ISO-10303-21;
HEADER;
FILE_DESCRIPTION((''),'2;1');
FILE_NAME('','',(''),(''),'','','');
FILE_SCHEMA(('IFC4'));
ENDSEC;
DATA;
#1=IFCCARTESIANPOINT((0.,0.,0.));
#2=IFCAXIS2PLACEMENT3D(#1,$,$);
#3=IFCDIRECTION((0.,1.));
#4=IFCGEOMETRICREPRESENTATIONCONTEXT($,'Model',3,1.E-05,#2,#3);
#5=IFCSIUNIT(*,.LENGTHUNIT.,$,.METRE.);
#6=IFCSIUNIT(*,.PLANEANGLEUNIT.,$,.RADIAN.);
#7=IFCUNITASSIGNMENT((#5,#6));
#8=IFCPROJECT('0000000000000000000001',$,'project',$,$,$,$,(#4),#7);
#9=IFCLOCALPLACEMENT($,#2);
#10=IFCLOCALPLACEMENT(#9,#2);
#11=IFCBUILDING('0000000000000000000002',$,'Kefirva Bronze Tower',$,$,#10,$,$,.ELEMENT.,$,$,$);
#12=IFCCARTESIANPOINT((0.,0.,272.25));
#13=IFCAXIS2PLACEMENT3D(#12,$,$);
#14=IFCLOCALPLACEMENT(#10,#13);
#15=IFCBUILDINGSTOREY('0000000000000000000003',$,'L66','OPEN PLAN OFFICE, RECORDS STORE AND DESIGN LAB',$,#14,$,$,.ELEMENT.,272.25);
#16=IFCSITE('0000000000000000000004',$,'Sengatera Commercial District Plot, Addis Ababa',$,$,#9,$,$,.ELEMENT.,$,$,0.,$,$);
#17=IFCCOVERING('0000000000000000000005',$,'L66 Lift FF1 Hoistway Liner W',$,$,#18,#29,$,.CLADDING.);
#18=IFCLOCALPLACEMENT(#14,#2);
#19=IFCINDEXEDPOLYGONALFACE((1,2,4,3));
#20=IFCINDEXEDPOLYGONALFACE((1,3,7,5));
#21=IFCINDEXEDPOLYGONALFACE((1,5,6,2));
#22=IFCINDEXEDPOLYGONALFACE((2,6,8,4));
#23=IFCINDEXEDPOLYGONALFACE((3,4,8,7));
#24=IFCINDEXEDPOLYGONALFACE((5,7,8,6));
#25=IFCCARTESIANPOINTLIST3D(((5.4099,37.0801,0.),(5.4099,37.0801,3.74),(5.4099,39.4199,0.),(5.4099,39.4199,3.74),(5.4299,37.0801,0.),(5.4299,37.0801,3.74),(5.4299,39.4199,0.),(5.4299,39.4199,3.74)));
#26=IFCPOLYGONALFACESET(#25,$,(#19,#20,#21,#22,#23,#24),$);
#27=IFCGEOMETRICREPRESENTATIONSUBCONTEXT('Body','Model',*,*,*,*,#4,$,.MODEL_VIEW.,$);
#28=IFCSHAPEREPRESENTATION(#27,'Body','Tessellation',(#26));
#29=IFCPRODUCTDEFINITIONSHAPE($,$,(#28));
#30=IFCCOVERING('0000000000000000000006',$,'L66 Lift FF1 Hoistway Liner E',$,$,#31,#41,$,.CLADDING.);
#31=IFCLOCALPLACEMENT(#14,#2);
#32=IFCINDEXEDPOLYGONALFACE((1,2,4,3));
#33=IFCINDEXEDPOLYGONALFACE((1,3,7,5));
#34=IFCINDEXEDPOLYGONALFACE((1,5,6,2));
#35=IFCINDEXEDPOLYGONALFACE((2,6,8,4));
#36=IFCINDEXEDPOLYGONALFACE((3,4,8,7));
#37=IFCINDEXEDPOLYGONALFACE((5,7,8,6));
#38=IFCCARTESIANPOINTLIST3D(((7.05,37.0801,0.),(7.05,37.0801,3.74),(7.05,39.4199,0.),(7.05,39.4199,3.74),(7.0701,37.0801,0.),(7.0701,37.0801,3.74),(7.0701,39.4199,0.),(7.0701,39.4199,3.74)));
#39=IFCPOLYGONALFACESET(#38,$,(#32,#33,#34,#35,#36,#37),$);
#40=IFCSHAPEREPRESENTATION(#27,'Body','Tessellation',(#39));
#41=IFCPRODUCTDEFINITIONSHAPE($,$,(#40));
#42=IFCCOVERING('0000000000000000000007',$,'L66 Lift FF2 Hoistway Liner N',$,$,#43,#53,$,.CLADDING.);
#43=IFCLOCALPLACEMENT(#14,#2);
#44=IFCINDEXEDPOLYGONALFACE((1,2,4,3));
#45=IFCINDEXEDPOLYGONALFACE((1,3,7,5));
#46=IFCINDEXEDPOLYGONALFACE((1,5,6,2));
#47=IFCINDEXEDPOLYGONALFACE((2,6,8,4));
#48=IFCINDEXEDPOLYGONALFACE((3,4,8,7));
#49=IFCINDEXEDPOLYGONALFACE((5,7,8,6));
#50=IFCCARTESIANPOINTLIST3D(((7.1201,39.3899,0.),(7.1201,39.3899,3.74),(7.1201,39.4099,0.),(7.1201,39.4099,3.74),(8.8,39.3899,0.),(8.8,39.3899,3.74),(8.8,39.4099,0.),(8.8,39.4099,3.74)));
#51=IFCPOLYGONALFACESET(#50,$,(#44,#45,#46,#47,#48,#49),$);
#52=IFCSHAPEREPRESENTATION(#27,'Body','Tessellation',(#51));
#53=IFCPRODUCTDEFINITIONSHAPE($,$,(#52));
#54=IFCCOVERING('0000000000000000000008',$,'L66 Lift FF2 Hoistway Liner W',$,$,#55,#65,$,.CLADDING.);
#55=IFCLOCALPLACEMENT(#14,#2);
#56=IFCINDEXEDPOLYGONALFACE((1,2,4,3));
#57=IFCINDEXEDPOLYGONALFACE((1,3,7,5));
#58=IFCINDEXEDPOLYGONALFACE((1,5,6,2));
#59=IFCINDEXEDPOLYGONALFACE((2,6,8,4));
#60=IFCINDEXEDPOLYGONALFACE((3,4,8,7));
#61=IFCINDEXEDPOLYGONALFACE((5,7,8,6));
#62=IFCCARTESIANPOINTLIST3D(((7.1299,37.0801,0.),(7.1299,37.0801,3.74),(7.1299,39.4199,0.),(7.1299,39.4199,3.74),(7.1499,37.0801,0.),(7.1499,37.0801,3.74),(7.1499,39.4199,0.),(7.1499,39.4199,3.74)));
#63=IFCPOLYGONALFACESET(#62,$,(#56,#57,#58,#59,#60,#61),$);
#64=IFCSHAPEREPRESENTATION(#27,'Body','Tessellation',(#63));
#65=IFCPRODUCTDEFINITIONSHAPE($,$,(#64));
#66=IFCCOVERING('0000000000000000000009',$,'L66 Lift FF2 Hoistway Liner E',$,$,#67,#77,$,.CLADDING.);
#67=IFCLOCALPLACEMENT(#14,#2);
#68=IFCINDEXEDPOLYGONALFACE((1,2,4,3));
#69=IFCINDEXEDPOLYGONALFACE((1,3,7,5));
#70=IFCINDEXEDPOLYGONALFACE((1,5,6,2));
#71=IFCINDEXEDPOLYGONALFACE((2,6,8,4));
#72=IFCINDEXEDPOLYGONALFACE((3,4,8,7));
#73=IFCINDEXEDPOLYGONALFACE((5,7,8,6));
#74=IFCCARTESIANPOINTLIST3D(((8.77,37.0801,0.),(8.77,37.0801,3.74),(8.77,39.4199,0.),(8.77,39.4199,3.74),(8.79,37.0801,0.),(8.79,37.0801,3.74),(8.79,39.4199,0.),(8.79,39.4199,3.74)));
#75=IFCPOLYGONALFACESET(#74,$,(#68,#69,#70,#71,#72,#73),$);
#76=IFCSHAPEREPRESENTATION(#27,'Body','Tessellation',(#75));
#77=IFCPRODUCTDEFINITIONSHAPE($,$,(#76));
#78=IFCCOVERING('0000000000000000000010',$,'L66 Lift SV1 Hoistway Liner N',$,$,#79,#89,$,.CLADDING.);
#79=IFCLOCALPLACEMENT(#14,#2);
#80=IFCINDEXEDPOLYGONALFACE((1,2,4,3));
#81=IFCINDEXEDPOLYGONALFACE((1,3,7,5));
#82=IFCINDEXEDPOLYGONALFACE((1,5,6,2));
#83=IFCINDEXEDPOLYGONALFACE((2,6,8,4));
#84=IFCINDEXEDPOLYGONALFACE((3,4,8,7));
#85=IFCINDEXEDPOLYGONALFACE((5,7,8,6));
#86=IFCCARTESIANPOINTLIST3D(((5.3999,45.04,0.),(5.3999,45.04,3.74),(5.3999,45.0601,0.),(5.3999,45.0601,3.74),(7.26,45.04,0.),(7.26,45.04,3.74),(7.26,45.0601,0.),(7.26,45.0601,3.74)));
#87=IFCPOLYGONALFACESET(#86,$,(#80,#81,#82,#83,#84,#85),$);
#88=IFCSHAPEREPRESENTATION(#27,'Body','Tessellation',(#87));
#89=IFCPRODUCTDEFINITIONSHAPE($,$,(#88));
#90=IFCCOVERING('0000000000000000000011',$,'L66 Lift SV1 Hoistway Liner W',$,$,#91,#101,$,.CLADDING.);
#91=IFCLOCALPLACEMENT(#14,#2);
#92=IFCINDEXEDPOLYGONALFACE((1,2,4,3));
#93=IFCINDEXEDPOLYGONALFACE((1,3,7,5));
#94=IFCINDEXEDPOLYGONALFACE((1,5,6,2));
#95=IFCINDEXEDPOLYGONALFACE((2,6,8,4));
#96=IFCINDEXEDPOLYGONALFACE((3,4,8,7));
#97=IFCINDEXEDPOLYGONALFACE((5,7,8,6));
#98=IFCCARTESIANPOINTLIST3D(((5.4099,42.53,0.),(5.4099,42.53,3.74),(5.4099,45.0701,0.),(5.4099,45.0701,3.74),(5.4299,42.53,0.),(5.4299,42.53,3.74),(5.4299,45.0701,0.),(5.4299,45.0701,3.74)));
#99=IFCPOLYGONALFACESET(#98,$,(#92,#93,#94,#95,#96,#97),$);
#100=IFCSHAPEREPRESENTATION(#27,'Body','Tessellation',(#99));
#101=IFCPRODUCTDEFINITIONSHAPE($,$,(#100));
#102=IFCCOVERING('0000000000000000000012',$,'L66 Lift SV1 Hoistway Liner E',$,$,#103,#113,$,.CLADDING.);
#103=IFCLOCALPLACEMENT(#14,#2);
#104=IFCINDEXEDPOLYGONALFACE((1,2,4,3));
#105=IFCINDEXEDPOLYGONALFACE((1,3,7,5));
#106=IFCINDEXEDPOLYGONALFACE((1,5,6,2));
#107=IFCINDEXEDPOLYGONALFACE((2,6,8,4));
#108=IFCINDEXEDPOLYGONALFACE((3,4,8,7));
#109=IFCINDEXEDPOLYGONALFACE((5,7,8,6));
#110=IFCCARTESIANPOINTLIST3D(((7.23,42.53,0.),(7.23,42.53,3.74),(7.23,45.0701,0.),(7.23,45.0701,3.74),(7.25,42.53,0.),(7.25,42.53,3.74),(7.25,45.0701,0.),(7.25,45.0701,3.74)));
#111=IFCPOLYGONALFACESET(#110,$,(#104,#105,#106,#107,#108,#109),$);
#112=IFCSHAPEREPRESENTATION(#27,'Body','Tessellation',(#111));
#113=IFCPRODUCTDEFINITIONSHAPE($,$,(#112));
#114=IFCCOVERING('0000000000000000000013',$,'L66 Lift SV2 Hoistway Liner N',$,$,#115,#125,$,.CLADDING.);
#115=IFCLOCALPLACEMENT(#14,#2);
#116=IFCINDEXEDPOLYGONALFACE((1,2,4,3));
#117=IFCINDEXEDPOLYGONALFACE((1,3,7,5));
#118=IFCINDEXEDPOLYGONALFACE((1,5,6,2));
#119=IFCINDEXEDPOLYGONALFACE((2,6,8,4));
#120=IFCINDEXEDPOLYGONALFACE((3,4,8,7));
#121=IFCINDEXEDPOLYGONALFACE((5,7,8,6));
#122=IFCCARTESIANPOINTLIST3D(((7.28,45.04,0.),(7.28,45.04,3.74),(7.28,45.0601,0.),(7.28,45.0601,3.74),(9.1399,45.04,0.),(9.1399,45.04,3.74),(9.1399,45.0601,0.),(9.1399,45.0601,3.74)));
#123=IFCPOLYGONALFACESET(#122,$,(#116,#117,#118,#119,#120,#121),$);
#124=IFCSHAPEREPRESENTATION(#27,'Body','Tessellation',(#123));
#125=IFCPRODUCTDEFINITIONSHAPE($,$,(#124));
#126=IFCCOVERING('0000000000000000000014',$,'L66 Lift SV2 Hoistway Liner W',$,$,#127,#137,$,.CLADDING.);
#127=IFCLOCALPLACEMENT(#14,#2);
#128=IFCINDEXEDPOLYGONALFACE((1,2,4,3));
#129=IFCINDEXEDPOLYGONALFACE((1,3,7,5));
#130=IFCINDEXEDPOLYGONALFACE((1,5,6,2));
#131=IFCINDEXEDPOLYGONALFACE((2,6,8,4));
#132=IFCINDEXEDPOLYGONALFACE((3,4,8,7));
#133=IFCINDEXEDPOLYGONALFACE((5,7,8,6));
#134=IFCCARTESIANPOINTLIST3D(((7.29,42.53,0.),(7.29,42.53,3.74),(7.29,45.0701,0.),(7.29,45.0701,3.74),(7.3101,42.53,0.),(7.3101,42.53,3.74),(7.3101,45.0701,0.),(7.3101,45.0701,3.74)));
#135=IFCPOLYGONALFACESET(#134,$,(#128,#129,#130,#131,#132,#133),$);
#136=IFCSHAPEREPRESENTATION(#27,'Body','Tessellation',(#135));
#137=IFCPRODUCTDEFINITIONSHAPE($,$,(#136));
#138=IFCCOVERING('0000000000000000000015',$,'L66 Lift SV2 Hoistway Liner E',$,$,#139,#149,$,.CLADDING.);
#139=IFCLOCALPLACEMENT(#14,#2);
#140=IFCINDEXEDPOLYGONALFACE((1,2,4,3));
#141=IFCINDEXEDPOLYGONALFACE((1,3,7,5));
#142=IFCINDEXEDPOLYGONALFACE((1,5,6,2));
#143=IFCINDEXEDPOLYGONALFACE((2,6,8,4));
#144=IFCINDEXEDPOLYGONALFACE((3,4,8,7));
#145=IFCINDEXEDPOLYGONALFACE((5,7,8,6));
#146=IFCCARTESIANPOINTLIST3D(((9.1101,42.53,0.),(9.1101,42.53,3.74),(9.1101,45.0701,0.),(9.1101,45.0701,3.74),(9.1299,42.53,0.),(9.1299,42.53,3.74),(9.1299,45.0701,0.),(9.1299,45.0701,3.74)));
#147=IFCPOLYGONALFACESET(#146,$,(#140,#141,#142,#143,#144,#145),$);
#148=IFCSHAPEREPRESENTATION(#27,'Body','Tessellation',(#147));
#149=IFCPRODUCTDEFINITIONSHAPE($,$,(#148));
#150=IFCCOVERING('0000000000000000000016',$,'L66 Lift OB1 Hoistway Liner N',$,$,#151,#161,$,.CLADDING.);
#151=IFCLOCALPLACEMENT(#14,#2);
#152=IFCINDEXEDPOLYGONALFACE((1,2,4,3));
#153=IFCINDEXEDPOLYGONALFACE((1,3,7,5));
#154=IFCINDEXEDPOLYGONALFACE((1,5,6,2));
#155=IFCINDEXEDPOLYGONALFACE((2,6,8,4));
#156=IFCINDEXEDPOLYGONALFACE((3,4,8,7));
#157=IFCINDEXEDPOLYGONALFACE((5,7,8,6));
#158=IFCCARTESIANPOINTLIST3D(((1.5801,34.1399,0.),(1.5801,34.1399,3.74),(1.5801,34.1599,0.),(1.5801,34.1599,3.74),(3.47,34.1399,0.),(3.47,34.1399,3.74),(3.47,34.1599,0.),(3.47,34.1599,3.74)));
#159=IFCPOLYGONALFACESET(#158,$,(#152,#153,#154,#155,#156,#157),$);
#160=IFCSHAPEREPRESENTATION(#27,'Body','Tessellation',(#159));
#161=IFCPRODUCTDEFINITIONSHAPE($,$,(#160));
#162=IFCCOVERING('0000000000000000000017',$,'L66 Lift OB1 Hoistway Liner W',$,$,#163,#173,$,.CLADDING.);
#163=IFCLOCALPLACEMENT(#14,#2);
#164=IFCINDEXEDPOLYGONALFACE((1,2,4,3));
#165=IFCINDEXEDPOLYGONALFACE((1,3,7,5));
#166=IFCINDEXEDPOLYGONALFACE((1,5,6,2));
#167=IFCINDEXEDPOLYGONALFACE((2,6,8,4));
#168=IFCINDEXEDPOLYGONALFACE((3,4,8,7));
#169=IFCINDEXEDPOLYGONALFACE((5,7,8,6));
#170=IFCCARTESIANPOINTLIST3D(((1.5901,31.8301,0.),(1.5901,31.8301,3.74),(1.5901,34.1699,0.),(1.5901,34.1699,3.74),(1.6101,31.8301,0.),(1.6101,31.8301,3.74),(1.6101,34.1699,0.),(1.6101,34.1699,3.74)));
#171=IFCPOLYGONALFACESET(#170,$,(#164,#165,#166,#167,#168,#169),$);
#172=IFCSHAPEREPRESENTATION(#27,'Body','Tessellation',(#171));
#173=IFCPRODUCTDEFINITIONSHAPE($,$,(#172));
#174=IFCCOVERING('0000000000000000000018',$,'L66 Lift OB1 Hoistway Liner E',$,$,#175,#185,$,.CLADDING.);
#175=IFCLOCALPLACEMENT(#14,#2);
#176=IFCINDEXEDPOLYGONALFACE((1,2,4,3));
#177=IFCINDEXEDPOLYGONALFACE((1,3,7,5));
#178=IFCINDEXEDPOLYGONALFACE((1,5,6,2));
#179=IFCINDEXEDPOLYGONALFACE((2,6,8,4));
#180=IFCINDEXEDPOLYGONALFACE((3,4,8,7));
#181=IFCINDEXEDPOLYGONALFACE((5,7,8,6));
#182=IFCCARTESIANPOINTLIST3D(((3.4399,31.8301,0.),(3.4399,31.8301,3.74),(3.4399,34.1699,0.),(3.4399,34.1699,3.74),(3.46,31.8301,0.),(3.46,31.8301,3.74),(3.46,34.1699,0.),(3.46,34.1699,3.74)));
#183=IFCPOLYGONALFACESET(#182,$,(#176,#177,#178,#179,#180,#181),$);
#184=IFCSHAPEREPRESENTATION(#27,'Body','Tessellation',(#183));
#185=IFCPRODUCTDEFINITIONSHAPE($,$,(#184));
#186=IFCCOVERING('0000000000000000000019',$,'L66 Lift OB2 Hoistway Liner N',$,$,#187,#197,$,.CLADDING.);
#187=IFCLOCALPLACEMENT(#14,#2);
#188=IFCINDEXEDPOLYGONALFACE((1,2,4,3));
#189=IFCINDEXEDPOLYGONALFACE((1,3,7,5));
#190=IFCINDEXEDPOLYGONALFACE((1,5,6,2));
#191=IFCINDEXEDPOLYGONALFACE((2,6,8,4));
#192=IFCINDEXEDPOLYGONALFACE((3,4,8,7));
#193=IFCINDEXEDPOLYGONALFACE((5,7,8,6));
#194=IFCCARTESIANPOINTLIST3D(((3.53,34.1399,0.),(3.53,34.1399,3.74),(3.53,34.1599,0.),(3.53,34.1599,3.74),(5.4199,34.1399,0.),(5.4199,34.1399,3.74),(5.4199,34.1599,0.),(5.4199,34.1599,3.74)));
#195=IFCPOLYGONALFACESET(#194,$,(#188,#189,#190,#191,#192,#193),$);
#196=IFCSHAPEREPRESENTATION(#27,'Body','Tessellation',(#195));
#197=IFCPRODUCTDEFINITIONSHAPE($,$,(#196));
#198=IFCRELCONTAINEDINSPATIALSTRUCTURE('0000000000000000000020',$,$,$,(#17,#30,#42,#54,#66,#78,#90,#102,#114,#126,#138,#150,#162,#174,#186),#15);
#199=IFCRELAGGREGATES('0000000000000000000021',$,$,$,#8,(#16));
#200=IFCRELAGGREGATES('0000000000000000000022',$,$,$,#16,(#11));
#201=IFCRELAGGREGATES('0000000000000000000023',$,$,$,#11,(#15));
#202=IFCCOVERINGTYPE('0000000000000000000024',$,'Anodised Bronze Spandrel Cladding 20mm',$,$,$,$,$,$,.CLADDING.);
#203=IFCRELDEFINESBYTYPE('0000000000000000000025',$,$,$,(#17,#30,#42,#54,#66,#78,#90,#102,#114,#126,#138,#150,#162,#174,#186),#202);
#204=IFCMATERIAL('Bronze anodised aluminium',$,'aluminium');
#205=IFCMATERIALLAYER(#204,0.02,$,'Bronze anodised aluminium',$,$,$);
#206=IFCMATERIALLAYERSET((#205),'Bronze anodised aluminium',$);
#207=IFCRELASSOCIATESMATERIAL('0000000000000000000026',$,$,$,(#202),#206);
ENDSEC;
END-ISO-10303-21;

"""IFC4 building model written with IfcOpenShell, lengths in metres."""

from ifc_helpers import new_model, si_unit, direction, frame, origin, place, context, subcontext, project, spatial, polyline, outline, extrude, material, layer, layer_set, type_object, element, save


model = new_model("IFC4")

# Units and contexts
model_context = context("Model", 3, precision=1e-05, world=origin(), true_north=direction((0.0, 1.0)))
body_context = subcontext(model_context, "Body", "Model", "MODEL_VIEW")
ifc_project = project(units=[si_unit("LENGTHUNIT", "METRE"), si_unit("PLANEANGLEUNIT", "RADIAN")], contexts=[model_context])

# Site, building, storey
site_placement = place(None, origin())
site = spatial("IfcSite", under=ifc_project, at=site_placement, Name="Sengatera Commercial District Plot, Addis Ababa", CompositionType="ELEMENT", RefElevation=0.0)
building_placement = place(site_placement, origin())
building = spatial("IfcBuilding", under=site, at=building_placement, Name="Kefirva Bronze Tower", CompositionType="ELEMENT")
storey_placement = place(building_placement, frame((0.0, 0.0, 272.25)))
storey = spatial("IfcBuildingStorey", under=building, at=storey_placement, Name="L66", Description="OPEN PLAN OFFICE, RECORDS STORE AND DESIGN LAB", CompositionType="ELEMENT", Elevation=272.25)

# Shared definitions
ifc_material_1 = material(Name="Bronze anodised aluminium", Category="aluminium")

# Coverings
ifc_layer_1 = layer(ifc_material_1, 0.02, Name="Bronze anodised aluminium")
ifc_layer_set_1 = layer_set([ifc_layer_1], Name="Bronze anodised aluminium")
covering_type_1 = type_object("IfcCoveringType", Name="Anodised Bronze Spandrel Cladding 20mm", PredefinedType="CLADDING", material=ifc_layer_set_1)
covering_1_placement = place(storey_placement, origin())
element("IfcCovering", 1, at=covering_1_placement, inside=storey, type_object=covering_type_1, Name="L66 Lift FF1 Hoistway Liner W", PredefinedType="CLADDING", context=body_context, shape_type="SweptSolid", body=[
    extrude(outline(polyline([(5.4099, 37.0801), (5.4299, 37.0801), (5.4299, 39.4199), (5.4099, 39.4199), (5.4099, 37.0801)])), origin(), (0.0, 0.0, 1.0), 3.74),
])
covering_2_placement = place(storey_placement, origin())
element("IfcCovering", 2, at=covering_2_placement, inside=storey, type_object=covering_type_1, Name="L66 Lift FF1 Hoistway Liner E", PredefinedType="CLADDING", context=body_context, shape_type="SweptSolid", body=[
    extrude(outline(polyline([(7.05, 37.0801), (7.0701, 37.0801), (7.0701, 39.4199), (7.05, 39.4199), (7.05, 37.0801)])), origin(), (0.0, 0.0, 1.0), 3.74),
])
covering_3_placement = place(storey_placement, origin())
element("IfcCovering", 3, at=covering_3_placement, inside=storey, type_object=covering_type_1, Name="L66 Lift FF2 Hoistway Liner N", PredefinedType="CLADDING", context=body_context, shape_type="SweptSolid", body=[
    extrude(outline(polyline([(7.1201, 39.3899), (8.8, 39.3899), (8.8, 39.4099), (7.1201, 39.4099), (7.1201, 39.3899)])), origin(), (0.0, 0.0, 1.0), 3.74),
])
covering_4_placement = place(storey_placement, origin())
element("IfcCovering", 4, at=covering_4_placement, inside=storey, type_object=covering_type_1, Name="L66 Lift FF2 Hoistway Liner W", PredefinedType="CLADDING", context=body_context, shape_type="SweptSolid", body=[
    extrude(outline(polyline([(7.1299, 37.0801), (7.1499, 37.0801), (7.1499, 39.4199), (7.1299, 39.4199), (7.1299, 37.0801)])), origin(), (0.0, 0.0, 1.0), 3.74),
])
covering_5_placement = place(storey_placement, origin())
element("IfcCovering", 5, at=covering_5_placement, inside=storey, type_object=covering_type_1, Name="L66 Lift FF2 Hoistway Liner E", PredefinedType="CLADDING", context=body_context, shape_type="SweptSolid", body=[
    extrude(outline(polyline([(8.77, 37.0801), (8.79, 37.0801), (8.79, 39.4199), (8.77, 39.4199), (8.77, 37.0801)])), origin(), (0.0, 0.0, 1.0), 3.74),
])
covering_6_placement = place(storey_placement, origin())
element("IfcCovering", 6, at=covering_6_placement, inside=storey, type_object=covering_type_1, Name="L66 Lift SV1 Hoistway Liner N", PredefinedType="CLADDING", context=body_context, shape_type="SweptSolid", body=[
    extrude(outline(polyline([(5.3999, 45.04), (7.26, 45.04), (7.26, 45.0601), (5.3999, 45.0601), (5.3999, 45.04)])), origin(), (0.0, 0.0, 1.0), 3.74),
])
covering_7_placement = place(storey_placement, origin())
element("IfcCovering", 7, at=covering_7_placement, inside=storey, type_object=covering_type_1, Name="L66 Lift SV1 Hoistway Liner W", PredefinedType="CLADDING", context=body_context, shape_type="SweptSolid", body=[
    extrude(outline(polyline([(5.4099, 42.53), (5.4299, 42.53), (5.4299, 45.0701), (5.4099, 45.0701), (5.4099, 42.53)])), origin(), (0.0, 0.0, 1.0), 3.74),
])
covering_8_placement = place(storey_placement, origin())
element("IfcCovering", 8, at=covering_8_placement, inside=storey, type_object=covering_type_1, Name="L66 Lift SV1 Hoistway Liner E", PredefinedType="CLADDING", context=body_context, shape_type="SweptSolid", body=[
    extrude(outline(polyline([(7.23, 42.53), (7.25, 42.53), (7.25, 45.0701), (7.23, 45.0701), (7.23, 42.53)])), origin(), (0.0, 0.0, 1.0), 3.74),
])
covering_9_placement = place(storey_placement, origin())
element("IfcCovering", 9, at=covering_9_placement, inside=storey, type_object=covering_type_1, Name="L66 Lift SV2 Hoistway Liner N", PredefinedType="CLADDING", context=body_context, shape_type="SweptSolid", body=[
    extrude(outline(polyline([(7.28, 45.04), (9.1399, 45.04), (9.1399, 45.0601), (7.28, 45.0601), (7.28, 45.04)])), origin(), (0.0, 0.0, 1.0), 3.74),
])
covering_10_placement = place(storey_placement, origin())
element("IfcCovering", 10, at=covering_10_placement, inside=storey, type_object=covering_type_1, Name="L66 Lift SV2 Hoistway Liner W", PredefinedType="CLADDING", context=body_context, shape_type="SweptSolid", body=[
    extrude(outline(polyline([(7.29, 42.53), (7.3101, 42.53), (7.3101, 45.0701), (7.29, 45.0701), (7.29, 42.53)])), origin(), (0.0, 0.0, 1.0), 3.74),
])
covering_11_placement = place(storey_placement, origin())
element("IfcCovering", 11, at=covering_11_placement, inside=storey, type_object=covering_type_1, Name="L66 Lift SV2 Hoistway Liner E", PredefinedType="CLADDING", context=body_context, shape_type="SweptSolid", body=[
    extrude(outline(polyline([(9.1101, 42.53), (9.1299, 42.53), (9.1299, 45.0701), (9.1101, 45.0701), (9.1101, 42.53)])), origin(), (0.0, 0.0, 1.0), 3.74),
])
covering_12_placement = place(storey_placement, origin())
element("IfcCovering", 12, at=covering_12_placement, inside=storey, type_object=covering_type_1, Name="L66 Lift OB1 Hoistway Liner N", PredefinedType="CLADDING", context=body_context, shape_type="SweptSolid", body=[
    extrude(outline(polyline([(1.5801, 34.1399), (3.47, 34.1399), (3.47, 34.1599), (1.5801, 34.1599), (1.5801, 34.1399)])), origin(), (0.0, 0.0, 1.0), 3.74),
])
covering_13_placement = place(storey_placement, origin())
element("IfcCovering", 13, at=covering_13_placement, inside=storey, type_object=covering_type_1, Name="L66 Lift OB1 Hoistway Liner W", PredefinedType="CLADDING", context=body_context, shape_type="SweptSolid", body=[
    extrude(outline(polyline([(1.5901, 31.8301), (1.6101, 31.8301), (1.6101, 34.1699), (1.5901, 34.1699), (1.5901, 31.8301)])), origin(), (0.0, 0.0, 1.0), 3.74),
])
covering_14_placement = place(storey_placement, origin())
element("IfcCovering", 14, at=covering_14_placement, inside=storey, type_object=covering_type_1, Name="L66 Lift OB1 Hoistway Liner E", PredefinedType="CLADDING", context=body_context, shape_type="SweptSolid", body=[
    extrude(outline(polyline([(3.4399, 31.8301), (3.46, 31.8301), (3.46, 34.1699), (3.4399, 34.1699), (3.4399, 31.8301)])), origin(), (0.0, 0.0, 1.0), 3.74),
])
covering_15_placement = place(storey_placement, origin())
element("IfcCovering", 15, at=covering_15_placement, inside=storey, type_object=covering_type_1, Name="L66 Lift OB2 Hoistway Liner N", PredefinedType="CLADDING", context=body_context, shape_type="SweptSolid", body=[
    extrude(outline(polyline([(3.53, 34.1399), (5.4199, 34.1399), (5.4199, 34.1599), (3.53, 34.1599), (3.53, 34.1399)])), origin(), (0.0, 0.0, 1.0), 3.74),
])

save(model, "model.ifc")
